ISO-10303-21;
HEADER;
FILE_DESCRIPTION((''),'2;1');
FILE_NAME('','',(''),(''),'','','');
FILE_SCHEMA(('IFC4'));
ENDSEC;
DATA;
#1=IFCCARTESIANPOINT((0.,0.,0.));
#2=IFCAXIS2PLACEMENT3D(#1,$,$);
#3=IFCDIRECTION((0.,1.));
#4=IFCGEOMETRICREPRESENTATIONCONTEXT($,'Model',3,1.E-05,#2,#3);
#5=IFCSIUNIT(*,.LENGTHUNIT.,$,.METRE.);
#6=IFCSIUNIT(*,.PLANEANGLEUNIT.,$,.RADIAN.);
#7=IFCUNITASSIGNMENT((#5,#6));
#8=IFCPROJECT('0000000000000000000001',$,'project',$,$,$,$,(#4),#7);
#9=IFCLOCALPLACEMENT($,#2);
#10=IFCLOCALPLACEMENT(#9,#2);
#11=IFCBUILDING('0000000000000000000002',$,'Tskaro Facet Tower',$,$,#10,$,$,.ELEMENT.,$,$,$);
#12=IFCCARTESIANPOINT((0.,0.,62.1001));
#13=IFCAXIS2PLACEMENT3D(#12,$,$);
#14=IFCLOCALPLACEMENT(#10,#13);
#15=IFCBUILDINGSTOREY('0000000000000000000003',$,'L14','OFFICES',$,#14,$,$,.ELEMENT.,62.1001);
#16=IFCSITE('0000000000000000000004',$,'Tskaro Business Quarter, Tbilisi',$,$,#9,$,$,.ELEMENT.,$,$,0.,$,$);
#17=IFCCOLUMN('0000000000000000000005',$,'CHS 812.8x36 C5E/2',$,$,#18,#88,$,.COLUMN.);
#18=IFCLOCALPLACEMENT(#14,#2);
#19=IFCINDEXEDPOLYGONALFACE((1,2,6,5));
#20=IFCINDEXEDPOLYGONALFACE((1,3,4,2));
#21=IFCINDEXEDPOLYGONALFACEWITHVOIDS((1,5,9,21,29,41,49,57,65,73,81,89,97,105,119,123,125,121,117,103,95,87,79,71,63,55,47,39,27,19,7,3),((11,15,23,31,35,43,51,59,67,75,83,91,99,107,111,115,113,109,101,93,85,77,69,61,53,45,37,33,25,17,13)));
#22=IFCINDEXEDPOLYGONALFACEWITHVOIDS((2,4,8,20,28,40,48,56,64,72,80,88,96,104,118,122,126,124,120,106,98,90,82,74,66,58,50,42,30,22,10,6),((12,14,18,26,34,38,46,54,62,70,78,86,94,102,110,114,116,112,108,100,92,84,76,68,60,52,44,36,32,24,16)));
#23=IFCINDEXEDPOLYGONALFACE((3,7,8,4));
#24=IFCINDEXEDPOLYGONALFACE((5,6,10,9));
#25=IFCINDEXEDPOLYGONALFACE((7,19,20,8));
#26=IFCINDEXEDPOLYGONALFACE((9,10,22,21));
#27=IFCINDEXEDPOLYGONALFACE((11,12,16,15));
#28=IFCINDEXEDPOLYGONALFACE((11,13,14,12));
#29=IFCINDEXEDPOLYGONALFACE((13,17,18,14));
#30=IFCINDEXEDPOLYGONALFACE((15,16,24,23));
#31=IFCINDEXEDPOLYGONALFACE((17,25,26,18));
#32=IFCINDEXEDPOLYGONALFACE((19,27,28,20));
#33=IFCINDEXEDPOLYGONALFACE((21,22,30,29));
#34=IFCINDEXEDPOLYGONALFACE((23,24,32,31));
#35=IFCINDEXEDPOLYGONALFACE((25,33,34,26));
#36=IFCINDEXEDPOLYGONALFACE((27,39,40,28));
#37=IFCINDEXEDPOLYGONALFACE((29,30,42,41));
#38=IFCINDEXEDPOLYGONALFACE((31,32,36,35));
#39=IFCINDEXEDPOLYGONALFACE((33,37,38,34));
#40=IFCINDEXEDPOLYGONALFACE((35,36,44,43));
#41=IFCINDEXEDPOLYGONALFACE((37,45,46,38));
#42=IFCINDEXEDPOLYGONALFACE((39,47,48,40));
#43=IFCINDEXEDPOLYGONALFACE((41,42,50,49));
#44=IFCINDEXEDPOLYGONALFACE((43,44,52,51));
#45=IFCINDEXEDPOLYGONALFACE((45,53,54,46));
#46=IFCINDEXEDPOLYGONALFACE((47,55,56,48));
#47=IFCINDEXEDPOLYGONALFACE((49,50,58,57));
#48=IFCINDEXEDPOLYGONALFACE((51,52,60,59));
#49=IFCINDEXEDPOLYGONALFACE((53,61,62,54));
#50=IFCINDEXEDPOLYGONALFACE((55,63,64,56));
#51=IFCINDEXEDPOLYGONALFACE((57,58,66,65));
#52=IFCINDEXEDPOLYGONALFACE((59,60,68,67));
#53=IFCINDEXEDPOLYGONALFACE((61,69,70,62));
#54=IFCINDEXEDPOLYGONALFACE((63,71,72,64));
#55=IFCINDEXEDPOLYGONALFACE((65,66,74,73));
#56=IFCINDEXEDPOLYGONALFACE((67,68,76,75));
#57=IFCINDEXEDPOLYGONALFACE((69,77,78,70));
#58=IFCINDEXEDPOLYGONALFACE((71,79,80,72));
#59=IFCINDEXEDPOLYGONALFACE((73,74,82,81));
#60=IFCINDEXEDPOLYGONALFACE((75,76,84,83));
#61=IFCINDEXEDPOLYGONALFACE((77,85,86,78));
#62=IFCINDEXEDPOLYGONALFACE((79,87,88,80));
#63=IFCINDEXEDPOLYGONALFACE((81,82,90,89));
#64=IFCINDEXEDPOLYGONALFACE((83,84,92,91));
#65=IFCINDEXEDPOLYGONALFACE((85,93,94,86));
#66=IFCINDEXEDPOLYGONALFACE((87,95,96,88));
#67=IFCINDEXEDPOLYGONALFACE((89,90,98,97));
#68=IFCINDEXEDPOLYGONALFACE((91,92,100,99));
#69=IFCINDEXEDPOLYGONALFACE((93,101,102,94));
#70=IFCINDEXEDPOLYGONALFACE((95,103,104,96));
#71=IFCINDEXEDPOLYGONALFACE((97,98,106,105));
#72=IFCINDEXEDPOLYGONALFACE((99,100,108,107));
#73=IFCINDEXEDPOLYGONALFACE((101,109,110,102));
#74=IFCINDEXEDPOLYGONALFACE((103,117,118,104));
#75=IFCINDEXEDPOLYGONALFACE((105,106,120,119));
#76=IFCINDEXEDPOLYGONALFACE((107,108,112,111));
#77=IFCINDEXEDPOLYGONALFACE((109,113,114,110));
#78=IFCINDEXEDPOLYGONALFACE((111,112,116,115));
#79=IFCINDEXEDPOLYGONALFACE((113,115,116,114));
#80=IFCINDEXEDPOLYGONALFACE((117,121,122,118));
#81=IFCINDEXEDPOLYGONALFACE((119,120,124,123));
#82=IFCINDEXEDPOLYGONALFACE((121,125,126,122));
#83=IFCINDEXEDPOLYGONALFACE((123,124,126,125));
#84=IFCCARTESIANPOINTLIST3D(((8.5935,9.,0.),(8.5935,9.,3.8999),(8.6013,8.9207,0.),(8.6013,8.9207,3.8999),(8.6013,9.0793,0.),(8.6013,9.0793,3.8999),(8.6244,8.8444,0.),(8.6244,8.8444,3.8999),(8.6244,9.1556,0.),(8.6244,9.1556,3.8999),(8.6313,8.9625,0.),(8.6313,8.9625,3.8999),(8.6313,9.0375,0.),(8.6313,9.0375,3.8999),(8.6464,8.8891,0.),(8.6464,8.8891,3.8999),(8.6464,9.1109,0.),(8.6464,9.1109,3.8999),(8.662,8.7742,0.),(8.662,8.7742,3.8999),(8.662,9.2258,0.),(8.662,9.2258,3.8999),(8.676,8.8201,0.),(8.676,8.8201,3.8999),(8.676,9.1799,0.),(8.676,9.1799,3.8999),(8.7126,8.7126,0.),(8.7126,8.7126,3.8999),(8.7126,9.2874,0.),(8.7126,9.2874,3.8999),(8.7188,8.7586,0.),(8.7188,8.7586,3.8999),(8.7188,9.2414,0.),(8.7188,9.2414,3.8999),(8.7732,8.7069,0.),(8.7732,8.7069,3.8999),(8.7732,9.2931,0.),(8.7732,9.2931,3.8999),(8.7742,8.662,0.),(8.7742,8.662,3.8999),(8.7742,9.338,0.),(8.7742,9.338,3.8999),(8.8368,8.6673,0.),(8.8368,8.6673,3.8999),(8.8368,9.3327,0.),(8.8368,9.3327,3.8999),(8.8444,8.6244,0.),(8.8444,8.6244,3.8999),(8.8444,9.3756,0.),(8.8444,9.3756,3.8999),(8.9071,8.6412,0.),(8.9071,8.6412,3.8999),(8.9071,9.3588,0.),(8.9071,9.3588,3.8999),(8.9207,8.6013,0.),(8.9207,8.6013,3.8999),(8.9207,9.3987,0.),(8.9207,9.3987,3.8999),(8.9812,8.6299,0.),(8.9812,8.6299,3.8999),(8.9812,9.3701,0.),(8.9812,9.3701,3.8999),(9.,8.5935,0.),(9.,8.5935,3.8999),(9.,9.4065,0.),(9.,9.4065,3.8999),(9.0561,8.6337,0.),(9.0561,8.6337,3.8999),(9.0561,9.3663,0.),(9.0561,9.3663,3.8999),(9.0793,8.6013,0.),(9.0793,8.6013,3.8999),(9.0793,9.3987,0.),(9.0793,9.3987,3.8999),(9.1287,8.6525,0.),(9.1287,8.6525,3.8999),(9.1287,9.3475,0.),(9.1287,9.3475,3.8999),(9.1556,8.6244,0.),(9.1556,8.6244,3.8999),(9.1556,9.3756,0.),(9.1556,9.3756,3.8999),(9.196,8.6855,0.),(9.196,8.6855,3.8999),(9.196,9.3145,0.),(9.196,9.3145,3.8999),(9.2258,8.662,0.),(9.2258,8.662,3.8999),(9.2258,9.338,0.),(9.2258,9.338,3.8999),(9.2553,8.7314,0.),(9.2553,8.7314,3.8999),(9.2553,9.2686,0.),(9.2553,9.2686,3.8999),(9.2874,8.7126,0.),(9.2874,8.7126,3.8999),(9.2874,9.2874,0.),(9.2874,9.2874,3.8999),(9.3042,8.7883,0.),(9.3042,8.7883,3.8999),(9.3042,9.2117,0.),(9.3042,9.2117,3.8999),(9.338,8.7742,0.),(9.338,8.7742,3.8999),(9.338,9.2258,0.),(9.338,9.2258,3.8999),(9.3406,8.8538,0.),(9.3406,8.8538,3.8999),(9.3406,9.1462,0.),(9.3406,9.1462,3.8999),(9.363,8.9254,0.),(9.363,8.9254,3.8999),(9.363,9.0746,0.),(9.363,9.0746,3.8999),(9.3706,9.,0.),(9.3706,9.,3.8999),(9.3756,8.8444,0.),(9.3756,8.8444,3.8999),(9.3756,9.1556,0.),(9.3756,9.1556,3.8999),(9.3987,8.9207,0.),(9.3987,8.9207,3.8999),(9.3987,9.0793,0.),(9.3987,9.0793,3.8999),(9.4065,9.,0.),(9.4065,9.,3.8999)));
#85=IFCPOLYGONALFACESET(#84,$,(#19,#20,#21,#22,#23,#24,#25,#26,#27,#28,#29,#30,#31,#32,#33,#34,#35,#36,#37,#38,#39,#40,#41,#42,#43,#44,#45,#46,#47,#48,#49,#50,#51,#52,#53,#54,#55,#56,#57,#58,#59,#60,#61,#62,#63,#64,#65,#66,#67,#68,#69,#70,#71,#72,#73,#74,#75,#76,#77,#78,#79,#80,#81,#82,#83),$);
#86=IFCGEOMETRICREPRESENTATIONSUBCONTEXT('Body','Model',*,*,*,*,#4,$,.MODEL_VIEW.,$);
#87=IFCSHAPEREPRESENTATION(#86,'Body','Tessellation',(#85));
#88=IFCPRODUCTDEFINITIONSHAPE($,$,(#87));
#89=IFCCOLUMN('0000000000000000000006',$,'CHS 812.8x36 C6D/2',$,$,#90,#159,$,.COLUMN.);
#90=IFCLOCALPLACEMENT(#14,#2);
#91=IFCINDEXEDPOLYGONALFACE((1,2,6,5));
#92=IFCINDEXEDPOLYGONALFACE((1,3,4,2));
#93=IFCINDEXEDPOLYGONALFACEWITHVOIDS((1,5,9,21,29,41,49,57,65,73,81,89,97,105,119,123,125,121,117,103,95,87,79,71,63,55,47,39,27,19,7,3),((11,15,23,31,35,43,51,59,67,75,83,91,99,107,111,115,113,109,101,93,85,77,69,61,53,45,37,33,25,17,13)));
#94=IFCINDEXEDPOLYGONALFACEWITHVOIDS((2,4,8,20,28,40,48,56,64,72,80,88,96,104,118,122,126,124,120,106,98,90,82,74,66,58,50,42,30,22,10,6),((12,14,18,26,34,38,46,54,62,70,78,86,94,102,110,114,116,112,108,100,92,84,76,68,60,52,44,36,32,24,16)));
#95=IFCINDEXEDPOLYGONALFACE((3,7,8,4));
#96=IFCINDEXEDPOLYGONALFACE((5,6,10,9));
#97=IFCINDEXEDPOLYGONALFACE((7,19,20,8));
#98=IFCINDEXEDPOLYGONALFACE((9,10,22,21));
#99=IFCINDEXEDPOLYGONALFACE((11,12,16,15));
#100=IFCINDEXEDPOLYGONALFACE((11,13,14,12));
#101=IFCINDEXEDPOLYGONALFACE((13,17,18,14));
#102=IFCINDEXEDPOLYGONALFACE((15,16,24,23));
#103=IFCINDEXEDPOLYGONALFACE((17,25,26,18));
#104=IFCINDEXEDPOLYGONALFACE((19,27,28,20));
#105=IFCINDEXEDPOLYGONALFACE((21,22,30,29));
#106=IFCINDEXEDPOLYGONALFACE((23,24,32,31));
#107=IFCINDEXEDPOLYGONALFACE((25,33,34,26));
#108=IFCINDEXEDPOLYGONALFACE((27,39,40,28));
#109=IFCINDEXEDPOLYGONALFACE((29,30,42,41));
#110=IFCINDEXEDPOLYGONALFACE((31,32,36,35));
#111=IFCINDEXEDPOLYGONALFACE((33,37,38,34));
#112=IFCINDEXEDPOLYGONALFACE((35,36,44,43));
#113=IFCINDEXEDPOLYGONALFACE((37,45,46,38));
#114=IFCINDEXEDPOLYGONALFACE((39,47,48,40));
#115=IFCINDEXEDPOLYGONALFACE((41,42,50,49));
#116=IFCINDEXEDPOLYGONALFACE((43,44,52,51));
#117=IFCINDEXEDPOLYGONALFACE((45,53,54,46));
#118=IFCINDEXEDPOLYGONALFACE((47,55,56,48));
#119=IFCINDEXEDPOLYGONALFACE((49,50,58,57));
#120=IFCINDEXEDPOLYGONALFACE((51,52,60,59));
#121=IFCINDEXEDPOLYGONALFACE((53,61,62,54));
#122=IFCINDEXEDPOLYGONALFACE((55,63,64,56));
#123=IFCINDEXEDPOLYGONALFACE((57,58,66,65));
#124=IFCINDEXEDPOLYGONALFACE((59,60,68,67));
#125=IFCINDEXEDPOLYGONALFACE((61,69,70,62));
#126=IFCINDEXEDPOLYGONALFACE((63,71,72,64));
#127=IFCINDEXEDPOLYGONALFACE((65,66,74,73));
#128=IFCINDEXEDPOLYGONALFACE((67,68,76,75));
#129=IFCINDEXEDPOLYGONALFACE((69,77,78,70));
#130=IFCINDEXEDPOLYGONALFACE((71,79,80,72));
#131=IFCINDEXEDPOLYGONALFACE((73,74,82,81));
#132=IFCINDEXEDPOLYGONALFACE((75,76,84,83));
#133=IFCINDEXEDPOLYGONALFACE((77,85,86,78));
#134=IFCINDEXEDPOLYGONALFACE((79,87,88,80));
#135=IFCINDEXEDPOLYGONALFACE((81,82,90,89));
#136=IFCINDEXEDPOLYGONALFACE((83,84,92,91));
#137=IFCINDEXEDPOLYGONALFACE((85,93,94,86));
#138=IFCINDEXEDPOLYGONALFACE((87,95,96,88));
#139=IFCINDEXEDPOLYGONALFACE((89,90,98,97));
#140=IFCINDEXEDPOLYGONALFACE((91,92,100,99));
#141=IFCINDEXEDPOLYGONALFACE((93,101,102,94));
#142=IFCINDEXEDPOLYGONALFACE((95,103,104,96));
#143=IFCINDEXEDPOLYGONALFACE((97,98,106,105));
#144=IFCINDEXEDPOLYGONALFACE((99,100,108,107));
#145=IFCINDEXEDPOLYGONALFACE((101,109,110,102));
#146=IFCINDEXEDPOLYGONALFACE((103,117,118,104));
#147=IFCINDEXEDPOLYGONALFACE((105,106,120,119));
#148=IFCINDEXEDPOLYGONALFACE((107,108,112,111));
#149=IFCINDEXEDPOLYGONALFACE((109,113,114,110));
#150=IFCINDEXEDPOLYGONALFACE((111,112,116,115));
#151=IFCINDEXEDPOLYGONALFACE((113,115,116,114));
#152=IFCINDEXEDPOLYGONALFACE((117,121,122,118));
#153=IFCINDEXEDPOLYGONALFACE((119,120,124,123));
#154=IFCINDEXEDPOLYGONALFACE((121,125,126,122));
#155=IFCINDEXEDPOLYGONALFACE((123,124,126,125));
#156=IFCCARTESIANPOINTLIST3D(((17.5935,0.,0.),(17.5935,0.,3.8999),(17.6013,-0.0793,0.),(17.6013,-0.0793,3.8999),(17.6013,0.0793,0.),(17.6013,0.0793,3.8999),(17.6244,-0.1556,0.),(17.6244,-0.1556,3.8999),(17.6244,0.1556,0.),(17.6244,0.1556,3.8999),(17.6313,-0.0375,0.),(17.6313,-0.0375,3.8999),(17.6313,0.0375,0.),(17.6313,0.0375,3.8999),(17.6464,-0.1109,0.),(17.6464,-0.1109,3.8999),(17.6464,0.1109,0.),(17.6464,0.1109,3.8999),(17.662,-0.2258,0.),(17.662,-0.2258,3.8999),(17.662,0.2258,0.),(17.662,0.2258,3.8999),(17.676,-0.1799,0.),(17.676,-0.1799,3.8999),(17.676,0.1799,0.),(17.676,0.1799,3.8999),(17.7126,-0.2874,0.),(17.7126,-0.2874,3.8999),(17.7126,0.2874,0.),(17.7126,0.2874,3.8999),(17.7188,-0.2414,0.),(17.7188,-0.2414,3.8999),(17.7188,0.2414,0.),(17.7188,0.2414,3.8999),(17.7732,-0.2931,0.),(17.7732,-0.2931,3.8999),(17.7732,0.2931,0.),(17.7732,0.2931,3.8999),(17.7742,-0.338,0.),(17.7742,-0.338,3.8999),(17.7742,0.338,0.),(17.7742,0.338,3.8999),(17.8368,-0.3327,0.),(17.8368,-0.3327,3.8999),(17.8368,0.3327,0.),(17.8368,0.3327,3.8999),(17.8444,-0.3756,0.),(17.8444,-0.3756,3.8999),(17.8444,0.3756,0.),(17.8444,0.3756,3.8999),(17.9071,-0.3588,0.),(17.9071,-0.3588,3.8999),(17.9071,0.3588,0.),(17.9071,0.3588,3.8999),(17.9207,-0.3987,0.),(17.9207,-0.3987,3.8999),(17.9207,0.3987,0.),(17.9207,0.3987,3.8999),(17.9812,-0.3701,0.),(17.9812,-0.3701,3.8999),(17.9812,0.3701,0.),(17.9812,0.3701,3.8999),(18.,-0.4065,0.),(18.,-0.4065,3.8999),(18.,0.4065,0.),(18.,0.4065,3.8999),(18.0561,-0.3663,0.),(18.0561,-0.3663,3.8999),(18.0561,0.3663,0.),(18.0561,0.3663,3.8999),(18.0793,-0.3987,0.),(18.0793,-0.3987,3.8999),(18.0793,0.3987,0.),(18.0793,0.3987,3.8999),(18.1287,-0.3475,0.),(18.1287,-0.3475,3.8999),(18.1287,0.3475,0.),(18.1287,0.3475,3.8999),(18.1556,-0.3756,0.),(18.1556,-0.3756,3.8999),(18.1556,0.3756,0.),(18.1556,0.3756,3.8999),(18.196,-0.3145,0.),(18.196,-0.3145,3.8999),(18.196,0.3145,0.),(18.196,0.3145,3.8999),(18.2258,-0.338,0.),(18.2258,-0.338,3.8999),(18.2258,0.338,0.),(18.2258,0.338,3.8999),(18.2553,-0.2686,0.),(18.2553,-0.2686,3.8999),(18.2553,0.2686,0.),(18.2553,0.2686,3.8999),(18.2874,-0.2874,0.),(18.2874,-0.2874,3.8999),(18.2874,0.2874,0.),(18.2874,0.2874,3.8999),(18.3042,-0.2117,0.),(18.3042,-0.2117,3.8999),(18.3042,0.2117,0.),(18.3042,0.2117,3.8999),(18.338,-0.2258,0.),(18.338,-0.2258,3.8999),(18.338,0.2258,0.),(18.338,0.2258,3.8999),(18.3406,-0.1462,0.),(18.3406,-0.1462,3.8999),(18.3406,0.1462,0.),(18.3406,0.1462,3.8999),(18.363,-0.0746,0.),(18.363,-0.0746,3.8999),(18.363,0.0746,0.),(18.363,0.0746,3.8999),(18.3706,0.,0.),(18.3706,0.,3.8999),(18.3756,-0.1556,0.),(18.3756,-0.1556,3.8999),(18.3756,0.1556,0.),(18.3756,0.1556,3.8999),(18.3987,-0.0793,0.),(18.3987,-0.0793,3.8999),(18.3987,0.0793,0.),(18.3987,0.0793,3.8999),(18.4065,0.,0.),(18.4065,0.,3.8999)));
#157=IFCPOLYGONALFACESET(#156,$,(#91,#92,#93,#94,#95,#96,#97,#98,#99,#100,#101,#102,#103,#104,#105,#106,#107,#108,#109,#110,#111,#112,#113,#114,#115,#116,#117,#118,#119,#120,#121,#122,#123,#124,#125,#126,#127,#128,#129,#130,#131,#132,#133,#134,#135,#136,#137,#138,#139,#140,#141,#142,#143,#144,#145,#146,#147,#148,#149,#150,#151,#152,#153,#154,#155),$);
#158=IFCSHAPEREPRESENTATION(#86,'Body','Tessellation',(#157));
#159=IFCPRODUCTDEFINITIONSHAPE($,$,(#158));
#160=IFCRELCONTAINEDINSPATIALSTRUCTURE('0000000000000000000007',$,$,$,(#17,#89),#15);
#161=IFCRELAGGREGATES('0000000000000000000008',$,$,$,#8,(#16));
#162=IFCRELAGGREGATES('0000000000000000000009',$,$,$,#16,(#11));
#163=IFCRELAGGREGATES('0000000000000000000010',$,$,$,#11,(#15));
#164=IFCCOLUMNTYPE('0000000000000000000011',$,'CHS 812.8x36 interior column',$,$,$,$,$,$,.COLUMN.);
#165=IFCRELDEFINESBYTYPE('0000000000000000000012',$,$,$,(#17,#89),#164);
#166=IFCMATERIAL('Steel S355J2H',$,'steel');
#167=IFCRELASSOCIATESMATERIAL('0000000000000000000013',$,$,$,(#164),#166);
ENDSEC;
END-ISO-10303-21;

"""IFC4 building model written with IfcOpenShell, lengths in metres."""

from ifc_helpers import new_model, si_unit, direction, frame, origin, origin_2d, place, context, subcontext, project, spatial, hollow_circle, extrude, material, material_profile, profile_set, type_object, element, save


model = new_model("IFC4")

# Units and contexts
model_context = context("Model", 3, precision=1e-05, world=origin(), true_north=direction((0.0, 1.0)))
body_context = subcontext(model_context, "Body", "Model", "MODEL_VIEW")
ifc_project = project(units=[si_unit("LENGTHUNIT", "METRE"), si_unit("PLANEANGLEUNIT", "RADIAN")], contexts=[model_context])

# Site, building, storey
site_placement = place(None, origin())
site = spatial("IfcSite", under=ifc_project, at=site_placement, Name="Tskaro Business Quarter, Tbilisi", CompositionType="ELEMENT", RefElevation=0.0)
building_placement = place(site_placement, origin())
building = spatial("IfcBuilding", under=site, at=building_placement, Name="Tskaro Facet Tower", CompositionType="ELEMENT")
storey_placement = place(building_placement, frame((0.0, 0.0, 62.1001)))
storey = spatial("IfcBuildingStorey", under=building, at=storey_placement, Name="L14", Description="OFFICES", CompositionType="ELEMENT", Elevation=62.1001)

# Columns
ifc_material_1 = material(Name="Steel S355J2H", Category="steel")
ifc_material_profile = material_profile(ifc_material_1, hollow_circle(Radius=0.4065, WallThickness=0.0359, at=origin_2d()), Name="CHS 812.8x36")
ifc_profile_set = profile_set([ifc_material_profile], Name="Steel S355J2H")
column_type = type_object("IfcColumnType", Name="CHS 812.8x36 interior column", PredefinedType="COLUMN", material=ifc_profile_set)
for number, where, z_axis, x_axis, name in (
    (1, (9.0, 9.0, 0.0), (0.0, 0.0, 1.0), (1.0, 0.0, 0.0), "CHS 812.8x36 C5E/2"),
    (2, (18.0, 0.0, 0.0), (0.0, 0.0, 1.0), (1.0, 0.0, 0.0), "CHS 812.8x36 C6D/2"),
):
    element("IfcColumn", number, at=place(storey_placement, frame(where, z_axis=z_axis, x_axis=x_axis)), inside=storey, type_object=column_type, Name=name, PredefinedType="COLUMN", context=body_context, shape_type="SweptSolid", body=[
        extrude(hollow_circle(Radius=0.4065, WallThickness=0.0359, at=origin_2d()), origin(), (0.0, 0.0, 1.0), 3.8999),
    ])

save(model, "model.ifc")
